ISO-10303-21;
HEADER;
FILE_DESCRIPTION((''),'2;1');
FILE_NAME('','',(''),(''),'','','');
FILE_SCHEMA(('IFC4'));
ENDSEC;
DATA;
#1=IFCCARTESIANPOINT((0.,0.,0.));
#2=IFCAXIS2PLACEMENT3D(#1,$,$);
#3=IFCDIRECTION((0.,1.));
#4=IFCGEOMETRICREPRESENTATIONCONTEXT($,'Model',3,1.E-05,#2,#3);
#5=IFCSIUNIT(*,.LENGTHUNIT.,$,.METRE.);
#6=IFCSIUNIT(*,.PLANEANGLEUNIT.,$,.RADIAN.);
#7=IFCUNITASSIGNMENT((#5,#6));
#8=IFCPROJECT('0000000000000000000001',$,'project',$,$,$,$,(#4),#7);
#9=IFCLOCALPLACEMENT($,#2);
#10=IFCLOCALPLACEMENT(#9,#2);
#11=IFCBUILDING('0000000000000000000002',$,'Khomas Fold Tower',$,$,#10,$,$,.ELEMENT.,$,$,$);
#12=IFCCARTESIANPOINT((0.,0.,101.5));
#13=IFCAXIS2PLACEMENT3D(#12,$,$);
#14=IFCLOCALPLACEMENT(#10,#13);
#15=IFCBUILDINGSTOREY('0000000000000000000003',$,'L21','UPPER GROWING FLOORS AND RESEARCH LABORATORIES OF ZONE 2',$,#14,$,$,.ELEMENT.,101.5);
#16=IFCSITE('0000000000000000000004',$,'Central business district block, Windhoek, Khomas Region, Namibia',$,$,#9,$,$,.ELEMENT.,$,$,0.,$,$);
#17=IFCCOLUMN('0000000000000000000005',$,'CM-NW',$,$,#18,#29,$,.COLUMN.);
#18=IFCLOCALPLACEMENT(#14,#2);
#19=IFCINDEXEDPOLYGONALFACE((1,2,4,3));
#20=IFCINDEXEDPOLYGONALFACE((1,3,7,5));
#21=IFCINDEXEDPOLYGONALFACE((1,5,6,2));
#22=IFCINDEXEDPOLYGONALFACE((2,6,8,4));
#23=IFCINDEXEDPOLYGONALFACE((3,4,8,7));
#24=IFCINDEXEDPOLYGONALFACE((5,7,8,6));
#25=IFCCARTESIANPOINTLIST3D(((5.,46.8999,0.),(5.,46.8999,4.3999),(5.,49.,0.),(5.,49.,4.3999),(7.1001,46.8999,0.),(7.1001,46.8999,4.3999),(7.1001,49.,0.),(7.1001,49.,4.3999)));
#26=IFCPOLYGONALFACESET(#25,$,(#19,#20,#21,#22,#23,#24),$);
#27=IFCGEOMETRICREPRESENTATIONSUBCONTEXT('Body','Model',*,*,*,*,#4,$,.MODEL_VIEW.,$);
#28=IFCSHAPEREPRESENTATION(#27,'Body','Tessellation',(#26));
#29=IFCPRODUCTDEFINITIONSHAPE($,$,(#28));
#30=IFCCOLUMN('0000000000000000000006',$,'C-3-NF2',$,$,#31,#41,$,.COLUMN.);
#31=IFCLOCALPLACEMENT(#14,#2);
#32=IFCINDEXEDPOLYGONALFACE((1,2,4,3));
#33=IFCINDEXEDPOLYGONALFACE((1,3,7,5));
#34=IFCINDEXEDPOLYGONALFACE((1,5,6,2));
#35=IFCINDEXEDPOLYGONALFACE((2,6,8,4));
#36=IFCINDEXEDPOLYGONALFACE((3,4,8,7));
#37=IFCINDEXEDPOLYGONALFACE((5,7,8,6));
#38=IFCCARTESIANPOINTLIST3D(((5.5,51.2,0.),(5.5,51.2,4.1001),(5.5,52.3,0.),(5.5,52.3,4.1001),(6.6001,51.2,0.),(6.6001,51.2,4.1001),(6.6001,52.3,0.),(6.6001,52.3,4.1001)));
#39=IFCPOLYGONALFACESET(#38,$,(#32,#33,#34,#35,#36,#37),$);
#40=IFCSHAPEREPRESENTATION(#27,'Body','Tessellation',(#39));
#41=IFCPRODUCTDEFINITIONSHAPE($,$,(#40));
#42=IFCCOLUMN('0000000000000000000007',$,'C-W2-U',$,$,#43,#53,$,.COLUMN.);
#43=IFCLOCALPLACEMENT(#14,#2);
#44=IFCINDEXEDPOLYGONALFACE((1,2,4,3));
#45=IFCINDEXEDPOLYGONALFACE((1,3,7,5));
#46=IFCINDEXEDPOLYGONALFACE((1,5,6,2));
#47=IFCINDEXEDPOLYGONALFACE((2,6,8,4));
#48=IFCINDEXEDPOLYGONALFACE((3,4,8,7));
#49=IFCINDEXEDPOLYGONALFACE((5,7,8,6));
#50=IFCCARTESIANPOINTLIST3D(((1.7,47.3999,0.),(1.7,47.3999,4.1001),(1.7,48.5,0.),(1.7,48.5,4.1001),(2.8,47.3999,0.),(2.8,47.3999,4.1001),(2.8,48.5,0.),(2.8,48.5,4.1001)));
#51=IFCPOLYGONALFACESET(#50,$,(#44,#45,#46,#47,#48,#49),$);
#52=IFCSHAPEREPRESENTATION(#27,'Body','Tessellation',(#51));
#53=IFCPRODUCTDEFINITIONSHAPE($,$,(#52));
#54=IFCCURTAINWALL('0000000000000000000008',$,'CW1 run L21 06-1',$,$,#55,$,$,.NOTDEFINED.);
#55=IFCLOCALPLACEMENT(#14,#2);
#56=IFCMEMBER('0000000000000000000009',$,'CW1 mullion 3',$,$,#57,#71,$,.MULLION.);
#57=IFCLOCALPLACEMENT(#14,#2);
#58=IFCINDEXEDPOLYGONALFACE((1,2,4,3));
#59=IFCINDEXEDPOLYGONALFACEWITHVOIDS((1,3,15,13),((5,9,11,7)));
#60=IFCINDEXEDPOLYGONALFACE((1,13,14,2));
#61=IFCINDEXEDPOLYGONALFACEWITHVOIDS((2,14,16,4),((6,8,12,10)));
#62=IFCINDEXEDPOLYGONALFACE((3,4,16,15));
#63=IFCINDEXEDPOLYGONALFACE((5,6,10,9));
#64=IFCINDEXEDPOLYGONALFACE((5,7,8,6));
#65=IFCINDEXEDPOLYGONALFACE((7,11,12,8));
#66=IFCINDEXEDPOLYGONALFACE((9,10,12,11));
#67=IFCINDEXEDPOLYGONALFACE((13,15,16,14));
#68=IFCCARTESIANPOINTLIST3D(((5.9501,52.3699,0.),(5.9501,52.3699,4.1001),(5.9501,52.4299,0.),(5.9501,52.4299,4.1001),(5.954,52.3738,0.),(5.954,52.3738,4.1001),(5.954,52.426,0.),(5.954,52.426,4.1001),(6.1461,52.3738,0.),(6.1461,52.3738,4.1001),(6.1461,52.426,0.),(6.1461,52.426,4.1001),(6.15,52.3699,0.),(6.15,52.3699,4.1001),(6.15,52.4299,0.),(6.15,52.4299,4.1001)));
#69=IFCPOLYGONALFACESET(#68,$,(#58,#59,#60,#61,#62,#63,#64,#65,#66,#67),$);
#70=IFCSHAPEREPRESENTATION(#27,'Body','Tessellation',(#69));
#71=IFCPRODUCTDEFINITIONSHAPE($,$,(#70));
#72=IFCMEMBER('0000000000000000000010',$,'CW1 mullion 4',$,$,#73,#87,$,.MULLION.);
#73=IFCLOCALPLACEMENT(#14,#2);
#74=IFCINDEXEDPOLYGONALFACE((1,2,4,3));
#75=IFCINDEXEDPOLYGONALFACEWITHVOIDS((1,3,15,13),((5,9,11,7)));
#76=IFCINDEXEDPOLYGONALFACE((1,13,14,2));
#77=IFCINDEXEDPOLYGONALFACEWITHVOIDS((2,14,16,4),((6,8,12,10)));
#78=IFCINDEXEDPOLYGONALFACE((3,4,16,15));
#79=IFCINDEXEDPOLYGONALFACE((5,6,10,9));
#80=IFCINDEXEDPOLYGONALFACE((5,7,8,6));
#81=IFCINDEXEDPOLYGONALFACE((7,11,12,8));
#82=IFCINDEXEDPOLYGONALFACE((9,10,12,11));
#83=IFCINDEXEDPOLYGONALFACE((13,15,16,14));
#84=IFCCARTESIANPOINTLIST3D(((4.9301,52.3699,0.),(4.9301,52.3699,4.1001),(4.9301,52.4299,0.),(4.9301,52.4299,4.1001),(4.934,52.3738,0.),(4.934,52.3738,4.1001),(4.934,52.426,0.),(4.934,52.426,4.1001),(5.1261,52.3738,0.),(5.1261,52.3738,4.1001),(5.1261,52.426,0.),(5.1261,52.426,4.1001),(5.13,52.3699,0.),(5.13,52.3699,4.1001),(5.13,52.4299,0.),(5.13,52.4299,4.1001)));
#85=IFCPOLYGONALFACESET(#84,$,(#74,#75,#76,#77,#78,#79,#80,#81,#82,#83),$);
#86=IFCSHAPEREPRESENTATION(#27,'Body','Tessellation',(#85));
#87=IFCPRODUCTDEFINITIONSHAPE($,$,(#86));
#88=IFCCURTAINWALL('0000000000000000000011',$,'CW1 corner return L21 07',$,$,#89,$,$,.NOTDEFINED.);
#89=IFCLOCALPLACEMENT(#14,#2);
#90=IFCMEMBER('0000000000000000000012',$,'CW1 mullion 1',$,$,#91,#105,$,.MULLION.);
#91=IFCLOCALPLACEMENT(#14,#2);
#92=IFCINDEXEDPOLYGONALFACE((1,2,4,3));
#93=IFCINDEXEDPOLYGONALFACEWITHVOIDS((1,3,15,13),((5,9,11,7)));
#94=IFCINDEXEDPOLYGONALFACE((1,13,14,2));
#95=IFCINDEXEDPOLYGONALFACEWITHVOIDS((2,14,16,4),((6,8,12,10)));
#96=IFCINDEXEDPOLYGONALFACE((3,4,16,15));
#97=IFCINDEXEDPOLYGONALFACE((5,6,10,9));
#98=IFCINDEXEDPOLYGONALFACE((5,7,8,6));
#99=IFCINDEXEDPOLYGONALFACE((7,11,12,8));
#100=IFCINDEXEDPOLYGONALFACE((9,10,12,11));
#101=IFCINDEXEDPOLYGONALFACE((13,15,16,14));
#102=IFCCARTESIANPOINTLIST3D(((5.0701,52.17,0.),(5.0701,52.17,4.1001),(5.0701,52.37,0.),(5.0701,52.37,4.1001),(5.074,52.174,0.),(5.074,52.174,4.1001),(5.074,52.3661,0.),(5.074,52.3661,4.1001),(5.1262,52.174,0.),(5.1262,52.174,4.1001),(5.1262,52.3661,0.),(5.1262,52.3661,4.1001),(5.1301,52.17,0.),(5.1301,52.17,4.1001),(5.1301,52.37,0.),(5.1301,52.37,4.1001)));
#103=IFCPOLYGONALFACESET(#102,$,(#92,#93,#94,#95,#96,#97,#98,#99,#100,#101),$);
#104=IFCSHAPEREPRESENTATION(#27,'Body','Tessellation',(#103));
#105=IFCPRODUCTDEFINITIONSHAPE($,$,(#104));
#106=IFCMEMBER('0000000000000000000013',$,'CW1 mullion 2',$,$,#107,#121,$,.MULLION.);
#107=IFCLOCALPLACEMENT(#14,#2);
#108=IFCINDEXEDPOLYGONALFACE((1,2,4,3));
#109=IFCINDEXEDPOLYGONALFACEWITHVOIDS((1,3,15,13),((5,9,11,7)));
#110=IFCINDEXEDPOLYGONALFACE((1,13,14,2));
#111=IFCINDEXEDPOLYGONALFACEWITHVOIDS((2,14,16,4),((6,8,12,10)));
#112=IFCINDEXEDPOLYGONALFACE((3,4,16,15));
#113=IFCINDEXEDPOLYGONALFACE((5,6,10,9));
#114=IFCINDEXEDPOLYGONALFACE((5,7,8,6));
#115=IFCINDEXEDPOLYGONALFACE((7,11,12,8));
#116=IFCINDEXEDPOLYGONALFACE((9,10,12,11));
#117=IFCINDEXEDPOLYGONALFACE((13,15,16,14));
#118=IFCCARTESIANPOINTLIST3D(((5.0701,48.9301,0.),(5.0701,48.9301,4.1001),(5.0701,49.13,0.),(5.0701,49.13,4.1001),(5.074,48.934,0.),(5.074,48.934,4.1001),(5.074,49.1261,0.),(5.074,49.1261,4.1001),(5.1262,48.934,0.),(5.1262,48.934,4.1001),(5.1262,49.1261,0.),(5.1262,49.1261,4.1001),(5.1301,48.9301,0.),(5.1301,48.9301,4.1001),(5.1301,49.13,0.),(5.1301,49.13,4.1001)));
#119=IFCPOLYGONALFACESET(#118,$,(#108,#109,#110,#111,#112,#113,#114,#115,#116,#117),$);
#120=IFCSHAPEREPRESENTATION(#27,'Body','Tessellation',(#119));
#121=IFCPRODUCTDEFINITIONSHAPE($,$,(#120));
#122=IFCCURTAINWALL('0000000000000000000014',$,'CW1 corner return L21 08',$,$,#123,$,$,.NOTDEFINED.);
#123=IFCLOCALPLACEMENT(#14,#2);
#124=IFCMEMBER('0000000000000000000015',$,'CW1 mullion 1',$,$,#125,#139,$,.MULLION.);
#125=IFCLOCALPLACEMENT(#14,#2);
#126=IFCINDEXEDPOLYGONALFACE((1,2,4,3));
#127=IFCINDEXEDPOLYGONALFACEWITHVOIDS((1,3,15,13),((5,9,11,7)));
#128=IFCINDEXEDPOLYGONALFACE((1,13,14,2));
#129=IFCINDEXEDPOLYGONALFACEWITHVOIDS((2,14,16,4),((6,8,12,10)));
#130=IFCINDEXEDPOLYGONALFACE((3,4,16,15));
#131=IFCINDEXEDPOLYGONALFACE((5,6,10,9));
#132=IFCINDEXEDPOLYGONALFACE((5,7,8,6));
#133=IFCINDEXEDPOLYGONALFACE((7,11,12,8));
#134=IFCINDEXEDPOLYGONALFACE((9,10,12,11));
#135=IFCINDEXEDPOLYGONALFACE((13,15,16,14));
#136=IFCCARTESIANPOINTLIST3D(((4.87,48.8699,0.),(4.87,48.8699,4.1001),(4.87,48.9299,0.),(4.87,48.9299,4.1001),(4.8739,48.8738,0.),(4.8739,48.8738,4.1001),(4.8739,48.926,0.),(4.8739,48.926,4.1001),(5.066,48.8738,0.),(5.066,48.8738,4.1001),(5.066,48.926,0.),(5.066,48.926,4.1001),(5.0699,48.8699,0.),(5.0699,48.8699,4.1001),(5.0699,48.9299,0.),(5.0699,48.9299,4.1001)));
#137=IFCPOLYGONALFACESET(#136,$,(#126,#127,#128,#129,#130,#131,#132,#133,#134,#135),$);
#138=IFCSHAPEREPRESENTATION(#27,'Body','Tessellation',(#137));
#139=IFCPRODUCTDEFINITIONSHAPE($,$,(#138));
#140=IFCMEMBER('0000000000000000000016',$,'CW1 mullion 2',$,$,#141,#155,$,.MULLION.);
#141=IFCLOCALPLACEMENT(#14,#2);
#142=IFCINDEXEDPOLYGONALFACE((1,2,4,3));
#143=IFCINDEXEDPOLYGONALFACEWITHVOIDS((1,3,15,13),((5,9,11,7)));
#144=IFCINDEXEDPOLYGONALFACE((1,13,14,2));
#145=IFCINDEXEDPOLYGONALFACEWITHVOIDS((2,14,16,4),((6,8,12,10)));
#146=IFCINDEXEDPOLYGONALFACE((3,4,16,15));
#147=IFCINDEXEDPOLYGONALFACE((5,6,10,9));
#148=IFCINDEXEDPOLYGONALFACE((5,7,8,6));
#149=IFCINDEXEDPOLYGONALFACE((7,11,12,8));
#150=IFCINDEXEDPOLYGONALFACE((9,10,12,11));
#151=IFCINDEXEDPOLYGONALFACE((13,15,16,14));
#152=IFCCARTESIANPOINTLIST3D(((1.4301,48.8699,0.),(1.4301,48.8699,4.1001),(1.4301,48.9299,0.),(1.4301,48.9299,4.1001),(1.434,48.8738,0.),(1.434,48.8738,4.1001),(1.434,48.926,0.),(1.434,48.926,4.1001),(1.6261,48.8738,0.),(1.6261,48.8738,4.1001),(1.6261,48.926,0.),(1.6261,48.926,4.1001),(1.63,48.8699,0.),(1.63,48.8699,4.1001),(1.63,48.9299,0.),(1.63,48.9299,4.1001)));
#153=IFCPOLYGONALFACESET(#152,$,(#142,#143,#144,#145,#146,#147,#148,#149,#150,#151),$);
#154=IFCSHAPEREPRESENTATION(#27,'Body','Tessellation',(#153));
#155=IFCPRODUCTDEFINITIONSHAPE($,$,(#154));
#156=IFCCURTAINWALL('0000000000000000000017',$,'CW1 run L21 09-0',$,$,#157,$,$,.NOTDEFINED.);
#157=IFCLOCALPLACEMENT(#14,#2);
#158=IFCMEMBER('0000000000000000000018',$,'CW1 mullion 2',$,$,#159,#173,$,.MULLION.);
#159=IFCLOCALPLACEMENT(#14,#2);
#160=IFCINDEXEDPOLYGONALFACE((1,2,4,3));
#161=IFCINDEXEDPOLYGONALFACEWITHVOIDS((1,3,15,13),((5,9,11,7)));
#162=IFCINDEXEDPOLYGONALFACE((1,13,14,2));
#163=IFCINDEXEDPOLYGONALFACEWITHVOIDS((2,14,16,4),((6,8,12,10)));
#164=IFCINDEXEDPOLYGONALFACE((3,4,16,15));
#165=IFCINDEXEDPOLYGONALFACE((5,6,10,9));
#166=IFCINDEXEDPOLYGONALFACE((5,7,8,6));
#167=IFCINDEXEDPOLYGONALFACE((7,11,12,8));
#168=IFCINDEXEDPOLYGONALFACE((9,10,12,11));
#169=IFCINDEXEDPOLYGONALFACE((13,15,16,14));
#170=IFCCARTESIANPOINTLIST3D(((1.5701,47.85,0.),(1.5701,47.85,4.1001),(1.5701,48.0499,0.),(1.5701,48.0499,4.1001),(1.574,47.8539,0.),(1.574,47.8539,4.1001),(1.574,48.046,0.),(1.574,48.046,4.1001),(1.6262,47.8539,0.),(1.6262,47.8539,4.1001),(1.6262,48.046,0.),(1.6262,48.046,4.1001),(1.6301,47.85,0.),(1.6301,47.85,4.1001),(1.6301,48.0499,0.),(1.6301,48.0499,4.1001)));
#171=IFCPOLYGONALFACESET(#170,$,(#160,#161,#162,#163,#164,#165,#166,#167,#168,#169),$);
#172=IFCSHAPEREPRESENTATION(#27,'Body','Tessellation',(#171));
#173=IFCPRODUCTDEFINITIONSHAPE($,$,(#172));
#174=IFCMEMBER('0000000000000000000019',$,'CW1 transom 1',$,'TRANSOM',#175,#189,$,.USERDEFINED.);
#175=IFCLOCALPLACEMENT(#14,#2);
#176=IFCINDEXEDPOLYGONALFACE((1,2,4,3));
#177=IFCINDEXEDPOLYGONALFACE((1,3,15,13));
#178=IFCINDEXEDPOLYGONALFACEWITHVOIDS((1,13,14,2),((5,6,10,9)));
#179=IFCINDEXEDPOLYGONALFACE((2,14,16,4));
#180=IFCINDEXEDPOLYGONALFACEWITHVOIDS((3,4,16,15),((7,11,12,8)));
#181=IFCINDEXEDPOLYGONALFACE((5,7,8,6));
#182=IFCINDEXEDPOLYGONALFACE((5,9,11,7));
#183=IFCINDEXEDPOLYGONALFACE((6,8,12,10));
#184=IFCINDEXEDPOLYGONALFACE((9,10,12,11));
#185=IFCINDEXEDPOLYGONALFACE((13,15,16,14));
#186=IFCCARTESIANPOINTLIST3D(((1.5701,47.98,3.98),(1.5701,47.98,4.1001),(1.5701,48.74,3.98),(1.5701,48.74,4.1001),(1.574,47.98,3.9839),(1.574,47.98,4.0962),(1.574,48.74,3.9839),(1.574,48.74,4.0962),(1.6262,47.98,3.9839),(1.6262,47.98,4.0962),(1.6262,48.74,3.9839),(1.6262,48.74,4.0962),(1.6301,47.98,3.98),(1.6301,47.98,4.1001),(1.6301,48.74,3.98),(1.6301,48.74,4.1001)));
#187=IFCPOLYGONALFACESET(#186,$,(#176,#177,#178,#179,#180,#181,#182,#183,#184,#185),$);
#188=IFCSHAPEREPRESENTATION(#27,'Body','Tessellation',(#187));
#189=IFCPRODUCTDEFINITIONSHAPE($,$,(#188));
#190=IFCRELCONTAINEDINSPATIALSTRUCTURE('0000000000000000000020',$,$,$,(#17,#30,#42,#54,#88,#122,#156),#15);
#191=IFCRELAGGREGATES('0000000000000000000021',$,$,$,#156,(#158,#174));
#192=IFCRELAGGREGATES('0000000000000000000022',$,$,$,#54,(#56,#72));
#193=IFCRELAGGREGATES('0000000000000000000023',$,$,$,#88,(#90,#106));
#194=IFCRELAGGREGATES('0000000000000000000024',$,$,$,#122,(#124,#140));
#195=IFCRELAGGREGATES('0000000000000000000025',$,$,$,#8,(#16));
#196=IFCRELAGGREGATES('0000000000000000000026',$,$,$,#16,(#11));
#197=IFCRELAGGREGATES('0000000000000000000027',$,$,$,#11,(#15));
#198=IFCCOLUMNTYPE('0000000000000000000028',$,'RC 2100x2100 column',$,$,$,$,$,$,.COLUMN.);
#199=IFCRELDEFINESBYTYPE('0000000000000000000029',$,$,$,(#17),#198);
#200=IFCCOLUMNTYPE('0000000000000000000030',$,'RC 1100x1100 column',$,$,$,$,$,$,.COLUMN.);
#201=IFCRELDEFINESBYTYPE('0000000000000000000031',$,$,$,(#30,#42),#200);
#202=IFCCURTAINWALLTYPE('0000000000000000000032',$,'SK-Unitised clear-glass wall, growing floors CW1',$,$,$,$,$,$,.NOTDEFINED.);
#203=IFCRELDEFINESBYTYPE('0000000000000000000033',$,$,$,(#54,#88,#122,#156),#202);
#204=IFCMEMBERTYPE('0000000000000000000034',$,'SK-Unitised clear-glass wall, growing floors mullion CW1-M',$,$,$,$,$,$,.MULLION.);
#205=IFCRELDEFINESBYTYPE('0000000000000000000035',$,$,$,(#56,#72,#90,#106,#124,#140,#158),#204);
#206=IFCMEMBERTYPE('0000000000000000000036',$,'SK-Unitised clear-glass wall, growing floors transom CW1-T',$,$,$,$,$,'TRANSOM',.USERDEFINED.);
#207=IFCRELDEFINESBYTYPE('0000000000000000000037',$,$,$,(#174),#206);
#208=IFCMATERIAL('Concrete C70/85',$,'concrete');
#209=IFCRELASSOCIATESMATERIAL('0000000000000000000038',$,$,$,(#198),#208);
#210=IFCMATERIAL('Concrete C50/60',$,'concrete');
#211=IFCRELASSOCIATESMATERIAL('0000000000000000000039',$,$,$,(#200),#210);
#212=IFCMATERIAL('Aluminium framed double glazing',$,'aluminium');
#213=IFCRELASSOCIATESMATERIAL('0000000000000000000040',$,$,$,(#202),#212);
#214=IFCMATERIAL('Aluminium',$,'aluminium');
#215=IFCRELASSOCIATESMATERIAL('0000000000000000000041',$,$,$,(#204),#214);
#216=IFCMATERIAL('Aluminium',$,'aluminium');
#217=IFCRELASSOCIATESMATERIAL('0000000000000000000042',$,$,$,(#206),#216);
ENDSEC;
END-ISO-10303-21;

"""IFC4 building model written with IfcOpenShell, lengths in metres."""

from ifc_helpers import new_model, si_unit, direction, frame, origin, origin_2d, place, context, subcontext, project, spatial, rectangle, hollow_rectangle, extrude, source, transform, mapped, material, material_profile, profile_set, type_object, element, aggregate, save


model = new_model("IFC4")

# Units and contexts
model_context = context("Model", 3, precision=1e-05, world=origin(), true_north=direction((0.0, 1.0)))
body_context = subcontext(model_context, "Body", "Model", "MODEL_VIEW")
ifc_project = project(units=[si_unit("LENGTHUNIT", "METRE"), si_unit("PLANEANGLEUNIT", "RADIAN")], contexts=[model_context])

# Site, building, storey
site_placement = place(None, origin())
site = spatial("IfcSite", under=ifc_project, at=site_placement, Name="Central business district block, Windhoek, Khomas Region, Namibia", CompositionType="ELEMENT", RefElevation=0.0)
building_placement = place(site_placement, origin())
building = spatial("IfcBuilding", under=site, at=building_placement, Name="Khomas Fold Tower", CompositionType="ELEMENT")
storey_placement = place(building_placement, frame((0.0, 0.0, 101.5)))
storey = spatial("IfcBuildingStorey", under=building, at=storey_placement, Name="L21", Description="UPPER GROWING FLOORS AND RESEARCH LABORATORIES OF ZONE 2", CompositionType="ELEMENT", Elevation=101.5)

# Columns
ifc_material_1 = material(Name="Concrete C70/85", Category="concrete")
ifc_material_profile_1 = material_profile(ifc_material_1, rectangle(XDim=2.1001, YDim=2.1001, at=origin_2d()), Name="RC 2100x2100")
ifc_profile_set_1 = profile_set([ifc_material_profile_1], Name="Concrete C70/85")
column_type_1 = type_object("IfcColumnType", Name="RC 2100x2100 column", PredefinedType="COLUMN", material=ifc_profile_set_1)
shared_shape_1 = source(origin(), body_context, "Body", "SweptSolid", [
    extrude(rectangle(XDim=2.1001, YDim=2.1001, at=origin_2d()), origin(), (0.0, 0.0, 1.0), 4.3999),
])
column_placement = place(storey_placement, frame((6.05, 47.95, 0.0), z_axis=(0.0, 0.0, 1.0), x_axis=(1.0, 0.0, 0.0)))
element("IfcColumn", 1, at=column_placement, inside=storey, type_object=column_type_1, Name="CM-NW", PredefinedType="COLUMN", context=body_context, shape_type="MappedRepresentation", body=[
    mapped(shared_shape_1, transform((0.0, 0.0, 0.0))),
])
ifc_material_2 = material(Name="Concrete C50/60", Category="concrete")
ifc_material_profile_2 = material_profile(ifc_material_2, rectangle(XDim=1.1001, YDim=1.1001, at=origin_2d()), Name="RC 1100x1100")
ifc_profile_set_2 = profile_set([ifc_material_profile_2], Name="Concrete C50/60")
column_type_2 = type_object("IfcColumnType", Name="RC 1100x1100 column", PredefinedType="COLUMN", material=ifc_profile_set_2)
shared_shape_2 = source(origin(), body_context, "Body", "SweptSolid", [
    extrude(rectangle(XDim=1.1001, YDim=1.1001, at=origin_2d()), origin(), (0.0, 0.0, 1.0), 4.1001),
])
for number, where, z_axis, x_axis, name in (
    (2, (6.05, 51.75, 0.0), (0.0, 0.0, 1.0), (1.0, 0.0, 0.0), "C-3-NF2"),
    (3, (2.25, 47.95, 0.0), (0.0, 0.0, 1.0), (1.0, 0.0, 0.0), "C-W2-U"),
):
    element("IfcColumn", number, at=place(storey_placement, frame(where, z_axis=z_axis, x_axis=x_axis)), inside=storey, type_object=column_type_2, Name=name, PredefinedType="COLUMN", context=body_context, shape_type="MappedRepresentation", body=[
        mapped(shared_shape_2, transform((0.0, 0.0, 0.0))),
    ])

# Curtain walls, members
ifc_material_3 = material(Name="Aluminium framed double glazing", Category="aluminium")
curtain_wall_type = type_object("IfcCurtainWallType", Name="SK-Unitised clear-glass wall, growing floors CW1", PredefinedType="NOTDEFINED", material=ifc_material_3)
curtain_wall_1_placement = place(storey_placement, origin())
curtain_wall_1 = element("IfcCurtainWall", 4, at=curtain_wall_1_placement, inside=storey, type_object=curtain_wall_type, Name="CW1 run L21 06-1", PredefinedType="NOTDEFINED")
ifc_material_4 = material(Name="Aluminium", Category="aluminium")
ifc_material_profile_3 = material_profile(ifc_material_4, hollow_rectangle(XDim=0.0601, YDim=0.2, WallThickness=0.0039, at=origin_2d()), Name="SK-Unitised clear-glass wall, growing floors mullion CW1-M")
ifc_profile_set_3 = profile_set([ifc_material_profile_3], Name="Aluminium")
member_type_1 = type_object("IfcMemberType", Name="SK-Unitised clear-glass wall, growing floors mullion CW1-M", PredefinedType="MULLION", material=ifc_profile_set_3)
shared_shape_3 = source(origin(), body_context, "Body", "SweptSolid", [
    extrude(hollow_rectangle(XDim=0.0601, YDim=0.2, WallThickness=0.0039, at=origin_2d()), origin(), (0.0, 0.0, 1.0), 4.1001),
])
member_1_placement = place(storey_placement, frame((6.05, 52.3999, 0.0), z_axis=(0.0, 0.0, 1.0), x_axis=(0.0, -1.0, 0.0)))
member_1 = element("IfcMember", 5, at=member_1_placement, type_object=member_type_1, Name="CW1 mullion 3", PredefinedType="MULLION", context=body_context, shape_type="MappedRepresentation", body=[
    mapped(shared_shape_3, transform((0.0, 0.0, 0.0))),
])
member_2_placement = place(storey_placement, frame((5.03, 52.3999, 0.0), z_axis=(0.0, 0.0, 1.0), x_axis=(0.0, -1.0, 0.0)))
member_2 = element("IfcMember", 6, at=member_2_placement, type_object=member_type_1, Name="CW1 mullion 4", PredefinedType="MULLION", context=body_context, shape_type="MappedRepresentation", body=[
    mapped(shared_shape_3, transform((0.0, 0.0, 0.0))),
])
curtain_wall_2_placement = place(storey_placement, origin())
curtain_wall_2 = element("IfcCurtainWall", 7, at=curtain_wall_2_placement, inside=storey, type_object=curtain_wall_type, Name="CW1 corner return L21 07", PredefinedType="NOTDEFINED")
member_3_placement = place(storey_placement, frame((5.1001, 52.27, 0.0), z_axis=(0.0, 0.0, 1.0), x_axis=(1.0, 0.0, 0.0)))
member_3 = element("IfcMember", 8, at=member_3_placement, type_object=member_type_1, Name="CW1 mullion 1", PredefinedType="MULLION", context=body_context, shape_type="MappedRepresentation", body=[
    mapped(shared_shape_3, transform((0.0, 0.0, 0.0))),
])
member_4_placement = place(storey_placement, frame((5.1001, 49.03, 0.0), z_axis=(0.0, 0.0, 1.0), x_axis=(1.0, 0.0, 0.0)))
member_4 = element("IfcMember", 9, at=member_4_placement, type_object=member_type_1, Name="CW1 mullion 2", PredefinedType="MULLION", context=body_context, shape_type="MappedRepresentation", body=[
    mapped(shared_shape_3, transform((0.0, 0.0, 0.0))),
])
curtain_wall_3_placement = place(storey_placement, origin())
curtain_wall_3 = element("IfcCurtainWall", 10, at=curtain_wall_3_placement, inside=storey, type_object=curtain_wall_type, Name="CW1 corner return L21 08", PredefinedType="NOTDEFINED")
member_5_placement = place(storey_placement, frame((4.97, 48.8999, 0.0), z_axis=(0.0, 0.0, 1.0), x_axis=(0.0, -1.0, 0.0)))
member_5 = element("IfcMember", 11, at=member_5_placement, type_object=member_type_1, Name="CW1 mullion 1", PredefinedType="MULLION", context=body_context, shape_type="MappedRepresentation", body=[
    mapped(shared_shape_3, transform((0.0, 0.0, 0.0))),
])
member_6_placement = place(storey_placement, frame((1.53, 48.8999, 0.0), z_axis=(0.0, 0.0, 1.0), x_axis=(0.0, -1.0, 0.0)))
member_6 = element("IfcMember", 12, at=member_6_placement, type_object=member_type_1, Name="CW1 mullion 2", PredefinedType="MULLION", context=body_context, shape_type="MappedRepresentation", body=[
    mapped(shared_shape_3, transform((0.0, 0.0, 0.0))),
])
curtain_wall_4_placement = place(storey_placement, origin())
curtain_wall_4 = element("IfcCurtainWall", 13, at=curtain_wall_4_placement, inside=storey, type_object=curtain_wall_type, Name="CW1 run L21 09-0", PredefinedType="NOTDEFINED")
member_7_placement = place(storey_placement, frame((1.6001, 47.95, 0.0), z_axis=(0.0, 0.0, 1.0), x_axis=(1.0, 0.0, 0.0)))
member_7 = element("IfcMember", 14, at=member_7_placement, type_object=member_type_1, Name="CW1 mullion 2", PredefinedType="MULLION", context=body_context, shape_type="MappedRepresentation", body=[
    mapped(shared_shape_3, transform((0.0, 0.0, 0.0))),
])
ifc_material_5 = material(Name="Aluminium", Category="aluminium")
ifc_material_profile_4 = material_profile(ifc_material_5, hollow_rectangle(XDim=0.0601, YDim=0.1201, WallThickness=0.0039, at=origin_2d()), Name="SK-Unitised clear-glass wall, growing floors transom CW1-T")
ifc_profile_set_4 = profile_set([ifc_material_profile_4], Name="Aluminium")
member_type_2 = type_object("IfcMemberType", Name="SK-Unitised clear-glass wall, growing floors transom CW1-T", ElementType="TRANSOM", PredefinedType="USERDEFINED", material=ifc_profile_set_4)
shared_shape_4 = source(origin(), body_context, "Body", "SweptSolid", [
    extrude(hollow_rectangle(XDim=0.0601, YDim=0.1201, WallThickness=0.0039, at=origin_2d()), origin(), (0.0, 0.0, 1.0), 0.76),
])
member_8_placement = place(storey_placement, frame((1.6001, 48.74, 4.04), z_axis=(0.0, -1.0, 0.0), x_axis=(1.0, 0.0, 0.0)))
member_8 = element("IfcMember", 15, at=member_8_placement, type_object=member_type_2, Name="CW1 transom 1", ObjectType="TRANSOM", PredefinedType="USERDEFINED", context=body_context, shape_type="MappedRepresentation", body=[
    mapped(shared_shape_4, transform((0.0, 0.0, 0.0))),
])

aggregate(curtain_wall_4, [member_7, member_8])
aggregate(curtain_wall_1, [member_1, member_2])
aggregate(curtain_wall_2, [member_3, member_4])
aggregate(curtain_wall_3, [member_5, member_6])

save(model, "model.ifc")
